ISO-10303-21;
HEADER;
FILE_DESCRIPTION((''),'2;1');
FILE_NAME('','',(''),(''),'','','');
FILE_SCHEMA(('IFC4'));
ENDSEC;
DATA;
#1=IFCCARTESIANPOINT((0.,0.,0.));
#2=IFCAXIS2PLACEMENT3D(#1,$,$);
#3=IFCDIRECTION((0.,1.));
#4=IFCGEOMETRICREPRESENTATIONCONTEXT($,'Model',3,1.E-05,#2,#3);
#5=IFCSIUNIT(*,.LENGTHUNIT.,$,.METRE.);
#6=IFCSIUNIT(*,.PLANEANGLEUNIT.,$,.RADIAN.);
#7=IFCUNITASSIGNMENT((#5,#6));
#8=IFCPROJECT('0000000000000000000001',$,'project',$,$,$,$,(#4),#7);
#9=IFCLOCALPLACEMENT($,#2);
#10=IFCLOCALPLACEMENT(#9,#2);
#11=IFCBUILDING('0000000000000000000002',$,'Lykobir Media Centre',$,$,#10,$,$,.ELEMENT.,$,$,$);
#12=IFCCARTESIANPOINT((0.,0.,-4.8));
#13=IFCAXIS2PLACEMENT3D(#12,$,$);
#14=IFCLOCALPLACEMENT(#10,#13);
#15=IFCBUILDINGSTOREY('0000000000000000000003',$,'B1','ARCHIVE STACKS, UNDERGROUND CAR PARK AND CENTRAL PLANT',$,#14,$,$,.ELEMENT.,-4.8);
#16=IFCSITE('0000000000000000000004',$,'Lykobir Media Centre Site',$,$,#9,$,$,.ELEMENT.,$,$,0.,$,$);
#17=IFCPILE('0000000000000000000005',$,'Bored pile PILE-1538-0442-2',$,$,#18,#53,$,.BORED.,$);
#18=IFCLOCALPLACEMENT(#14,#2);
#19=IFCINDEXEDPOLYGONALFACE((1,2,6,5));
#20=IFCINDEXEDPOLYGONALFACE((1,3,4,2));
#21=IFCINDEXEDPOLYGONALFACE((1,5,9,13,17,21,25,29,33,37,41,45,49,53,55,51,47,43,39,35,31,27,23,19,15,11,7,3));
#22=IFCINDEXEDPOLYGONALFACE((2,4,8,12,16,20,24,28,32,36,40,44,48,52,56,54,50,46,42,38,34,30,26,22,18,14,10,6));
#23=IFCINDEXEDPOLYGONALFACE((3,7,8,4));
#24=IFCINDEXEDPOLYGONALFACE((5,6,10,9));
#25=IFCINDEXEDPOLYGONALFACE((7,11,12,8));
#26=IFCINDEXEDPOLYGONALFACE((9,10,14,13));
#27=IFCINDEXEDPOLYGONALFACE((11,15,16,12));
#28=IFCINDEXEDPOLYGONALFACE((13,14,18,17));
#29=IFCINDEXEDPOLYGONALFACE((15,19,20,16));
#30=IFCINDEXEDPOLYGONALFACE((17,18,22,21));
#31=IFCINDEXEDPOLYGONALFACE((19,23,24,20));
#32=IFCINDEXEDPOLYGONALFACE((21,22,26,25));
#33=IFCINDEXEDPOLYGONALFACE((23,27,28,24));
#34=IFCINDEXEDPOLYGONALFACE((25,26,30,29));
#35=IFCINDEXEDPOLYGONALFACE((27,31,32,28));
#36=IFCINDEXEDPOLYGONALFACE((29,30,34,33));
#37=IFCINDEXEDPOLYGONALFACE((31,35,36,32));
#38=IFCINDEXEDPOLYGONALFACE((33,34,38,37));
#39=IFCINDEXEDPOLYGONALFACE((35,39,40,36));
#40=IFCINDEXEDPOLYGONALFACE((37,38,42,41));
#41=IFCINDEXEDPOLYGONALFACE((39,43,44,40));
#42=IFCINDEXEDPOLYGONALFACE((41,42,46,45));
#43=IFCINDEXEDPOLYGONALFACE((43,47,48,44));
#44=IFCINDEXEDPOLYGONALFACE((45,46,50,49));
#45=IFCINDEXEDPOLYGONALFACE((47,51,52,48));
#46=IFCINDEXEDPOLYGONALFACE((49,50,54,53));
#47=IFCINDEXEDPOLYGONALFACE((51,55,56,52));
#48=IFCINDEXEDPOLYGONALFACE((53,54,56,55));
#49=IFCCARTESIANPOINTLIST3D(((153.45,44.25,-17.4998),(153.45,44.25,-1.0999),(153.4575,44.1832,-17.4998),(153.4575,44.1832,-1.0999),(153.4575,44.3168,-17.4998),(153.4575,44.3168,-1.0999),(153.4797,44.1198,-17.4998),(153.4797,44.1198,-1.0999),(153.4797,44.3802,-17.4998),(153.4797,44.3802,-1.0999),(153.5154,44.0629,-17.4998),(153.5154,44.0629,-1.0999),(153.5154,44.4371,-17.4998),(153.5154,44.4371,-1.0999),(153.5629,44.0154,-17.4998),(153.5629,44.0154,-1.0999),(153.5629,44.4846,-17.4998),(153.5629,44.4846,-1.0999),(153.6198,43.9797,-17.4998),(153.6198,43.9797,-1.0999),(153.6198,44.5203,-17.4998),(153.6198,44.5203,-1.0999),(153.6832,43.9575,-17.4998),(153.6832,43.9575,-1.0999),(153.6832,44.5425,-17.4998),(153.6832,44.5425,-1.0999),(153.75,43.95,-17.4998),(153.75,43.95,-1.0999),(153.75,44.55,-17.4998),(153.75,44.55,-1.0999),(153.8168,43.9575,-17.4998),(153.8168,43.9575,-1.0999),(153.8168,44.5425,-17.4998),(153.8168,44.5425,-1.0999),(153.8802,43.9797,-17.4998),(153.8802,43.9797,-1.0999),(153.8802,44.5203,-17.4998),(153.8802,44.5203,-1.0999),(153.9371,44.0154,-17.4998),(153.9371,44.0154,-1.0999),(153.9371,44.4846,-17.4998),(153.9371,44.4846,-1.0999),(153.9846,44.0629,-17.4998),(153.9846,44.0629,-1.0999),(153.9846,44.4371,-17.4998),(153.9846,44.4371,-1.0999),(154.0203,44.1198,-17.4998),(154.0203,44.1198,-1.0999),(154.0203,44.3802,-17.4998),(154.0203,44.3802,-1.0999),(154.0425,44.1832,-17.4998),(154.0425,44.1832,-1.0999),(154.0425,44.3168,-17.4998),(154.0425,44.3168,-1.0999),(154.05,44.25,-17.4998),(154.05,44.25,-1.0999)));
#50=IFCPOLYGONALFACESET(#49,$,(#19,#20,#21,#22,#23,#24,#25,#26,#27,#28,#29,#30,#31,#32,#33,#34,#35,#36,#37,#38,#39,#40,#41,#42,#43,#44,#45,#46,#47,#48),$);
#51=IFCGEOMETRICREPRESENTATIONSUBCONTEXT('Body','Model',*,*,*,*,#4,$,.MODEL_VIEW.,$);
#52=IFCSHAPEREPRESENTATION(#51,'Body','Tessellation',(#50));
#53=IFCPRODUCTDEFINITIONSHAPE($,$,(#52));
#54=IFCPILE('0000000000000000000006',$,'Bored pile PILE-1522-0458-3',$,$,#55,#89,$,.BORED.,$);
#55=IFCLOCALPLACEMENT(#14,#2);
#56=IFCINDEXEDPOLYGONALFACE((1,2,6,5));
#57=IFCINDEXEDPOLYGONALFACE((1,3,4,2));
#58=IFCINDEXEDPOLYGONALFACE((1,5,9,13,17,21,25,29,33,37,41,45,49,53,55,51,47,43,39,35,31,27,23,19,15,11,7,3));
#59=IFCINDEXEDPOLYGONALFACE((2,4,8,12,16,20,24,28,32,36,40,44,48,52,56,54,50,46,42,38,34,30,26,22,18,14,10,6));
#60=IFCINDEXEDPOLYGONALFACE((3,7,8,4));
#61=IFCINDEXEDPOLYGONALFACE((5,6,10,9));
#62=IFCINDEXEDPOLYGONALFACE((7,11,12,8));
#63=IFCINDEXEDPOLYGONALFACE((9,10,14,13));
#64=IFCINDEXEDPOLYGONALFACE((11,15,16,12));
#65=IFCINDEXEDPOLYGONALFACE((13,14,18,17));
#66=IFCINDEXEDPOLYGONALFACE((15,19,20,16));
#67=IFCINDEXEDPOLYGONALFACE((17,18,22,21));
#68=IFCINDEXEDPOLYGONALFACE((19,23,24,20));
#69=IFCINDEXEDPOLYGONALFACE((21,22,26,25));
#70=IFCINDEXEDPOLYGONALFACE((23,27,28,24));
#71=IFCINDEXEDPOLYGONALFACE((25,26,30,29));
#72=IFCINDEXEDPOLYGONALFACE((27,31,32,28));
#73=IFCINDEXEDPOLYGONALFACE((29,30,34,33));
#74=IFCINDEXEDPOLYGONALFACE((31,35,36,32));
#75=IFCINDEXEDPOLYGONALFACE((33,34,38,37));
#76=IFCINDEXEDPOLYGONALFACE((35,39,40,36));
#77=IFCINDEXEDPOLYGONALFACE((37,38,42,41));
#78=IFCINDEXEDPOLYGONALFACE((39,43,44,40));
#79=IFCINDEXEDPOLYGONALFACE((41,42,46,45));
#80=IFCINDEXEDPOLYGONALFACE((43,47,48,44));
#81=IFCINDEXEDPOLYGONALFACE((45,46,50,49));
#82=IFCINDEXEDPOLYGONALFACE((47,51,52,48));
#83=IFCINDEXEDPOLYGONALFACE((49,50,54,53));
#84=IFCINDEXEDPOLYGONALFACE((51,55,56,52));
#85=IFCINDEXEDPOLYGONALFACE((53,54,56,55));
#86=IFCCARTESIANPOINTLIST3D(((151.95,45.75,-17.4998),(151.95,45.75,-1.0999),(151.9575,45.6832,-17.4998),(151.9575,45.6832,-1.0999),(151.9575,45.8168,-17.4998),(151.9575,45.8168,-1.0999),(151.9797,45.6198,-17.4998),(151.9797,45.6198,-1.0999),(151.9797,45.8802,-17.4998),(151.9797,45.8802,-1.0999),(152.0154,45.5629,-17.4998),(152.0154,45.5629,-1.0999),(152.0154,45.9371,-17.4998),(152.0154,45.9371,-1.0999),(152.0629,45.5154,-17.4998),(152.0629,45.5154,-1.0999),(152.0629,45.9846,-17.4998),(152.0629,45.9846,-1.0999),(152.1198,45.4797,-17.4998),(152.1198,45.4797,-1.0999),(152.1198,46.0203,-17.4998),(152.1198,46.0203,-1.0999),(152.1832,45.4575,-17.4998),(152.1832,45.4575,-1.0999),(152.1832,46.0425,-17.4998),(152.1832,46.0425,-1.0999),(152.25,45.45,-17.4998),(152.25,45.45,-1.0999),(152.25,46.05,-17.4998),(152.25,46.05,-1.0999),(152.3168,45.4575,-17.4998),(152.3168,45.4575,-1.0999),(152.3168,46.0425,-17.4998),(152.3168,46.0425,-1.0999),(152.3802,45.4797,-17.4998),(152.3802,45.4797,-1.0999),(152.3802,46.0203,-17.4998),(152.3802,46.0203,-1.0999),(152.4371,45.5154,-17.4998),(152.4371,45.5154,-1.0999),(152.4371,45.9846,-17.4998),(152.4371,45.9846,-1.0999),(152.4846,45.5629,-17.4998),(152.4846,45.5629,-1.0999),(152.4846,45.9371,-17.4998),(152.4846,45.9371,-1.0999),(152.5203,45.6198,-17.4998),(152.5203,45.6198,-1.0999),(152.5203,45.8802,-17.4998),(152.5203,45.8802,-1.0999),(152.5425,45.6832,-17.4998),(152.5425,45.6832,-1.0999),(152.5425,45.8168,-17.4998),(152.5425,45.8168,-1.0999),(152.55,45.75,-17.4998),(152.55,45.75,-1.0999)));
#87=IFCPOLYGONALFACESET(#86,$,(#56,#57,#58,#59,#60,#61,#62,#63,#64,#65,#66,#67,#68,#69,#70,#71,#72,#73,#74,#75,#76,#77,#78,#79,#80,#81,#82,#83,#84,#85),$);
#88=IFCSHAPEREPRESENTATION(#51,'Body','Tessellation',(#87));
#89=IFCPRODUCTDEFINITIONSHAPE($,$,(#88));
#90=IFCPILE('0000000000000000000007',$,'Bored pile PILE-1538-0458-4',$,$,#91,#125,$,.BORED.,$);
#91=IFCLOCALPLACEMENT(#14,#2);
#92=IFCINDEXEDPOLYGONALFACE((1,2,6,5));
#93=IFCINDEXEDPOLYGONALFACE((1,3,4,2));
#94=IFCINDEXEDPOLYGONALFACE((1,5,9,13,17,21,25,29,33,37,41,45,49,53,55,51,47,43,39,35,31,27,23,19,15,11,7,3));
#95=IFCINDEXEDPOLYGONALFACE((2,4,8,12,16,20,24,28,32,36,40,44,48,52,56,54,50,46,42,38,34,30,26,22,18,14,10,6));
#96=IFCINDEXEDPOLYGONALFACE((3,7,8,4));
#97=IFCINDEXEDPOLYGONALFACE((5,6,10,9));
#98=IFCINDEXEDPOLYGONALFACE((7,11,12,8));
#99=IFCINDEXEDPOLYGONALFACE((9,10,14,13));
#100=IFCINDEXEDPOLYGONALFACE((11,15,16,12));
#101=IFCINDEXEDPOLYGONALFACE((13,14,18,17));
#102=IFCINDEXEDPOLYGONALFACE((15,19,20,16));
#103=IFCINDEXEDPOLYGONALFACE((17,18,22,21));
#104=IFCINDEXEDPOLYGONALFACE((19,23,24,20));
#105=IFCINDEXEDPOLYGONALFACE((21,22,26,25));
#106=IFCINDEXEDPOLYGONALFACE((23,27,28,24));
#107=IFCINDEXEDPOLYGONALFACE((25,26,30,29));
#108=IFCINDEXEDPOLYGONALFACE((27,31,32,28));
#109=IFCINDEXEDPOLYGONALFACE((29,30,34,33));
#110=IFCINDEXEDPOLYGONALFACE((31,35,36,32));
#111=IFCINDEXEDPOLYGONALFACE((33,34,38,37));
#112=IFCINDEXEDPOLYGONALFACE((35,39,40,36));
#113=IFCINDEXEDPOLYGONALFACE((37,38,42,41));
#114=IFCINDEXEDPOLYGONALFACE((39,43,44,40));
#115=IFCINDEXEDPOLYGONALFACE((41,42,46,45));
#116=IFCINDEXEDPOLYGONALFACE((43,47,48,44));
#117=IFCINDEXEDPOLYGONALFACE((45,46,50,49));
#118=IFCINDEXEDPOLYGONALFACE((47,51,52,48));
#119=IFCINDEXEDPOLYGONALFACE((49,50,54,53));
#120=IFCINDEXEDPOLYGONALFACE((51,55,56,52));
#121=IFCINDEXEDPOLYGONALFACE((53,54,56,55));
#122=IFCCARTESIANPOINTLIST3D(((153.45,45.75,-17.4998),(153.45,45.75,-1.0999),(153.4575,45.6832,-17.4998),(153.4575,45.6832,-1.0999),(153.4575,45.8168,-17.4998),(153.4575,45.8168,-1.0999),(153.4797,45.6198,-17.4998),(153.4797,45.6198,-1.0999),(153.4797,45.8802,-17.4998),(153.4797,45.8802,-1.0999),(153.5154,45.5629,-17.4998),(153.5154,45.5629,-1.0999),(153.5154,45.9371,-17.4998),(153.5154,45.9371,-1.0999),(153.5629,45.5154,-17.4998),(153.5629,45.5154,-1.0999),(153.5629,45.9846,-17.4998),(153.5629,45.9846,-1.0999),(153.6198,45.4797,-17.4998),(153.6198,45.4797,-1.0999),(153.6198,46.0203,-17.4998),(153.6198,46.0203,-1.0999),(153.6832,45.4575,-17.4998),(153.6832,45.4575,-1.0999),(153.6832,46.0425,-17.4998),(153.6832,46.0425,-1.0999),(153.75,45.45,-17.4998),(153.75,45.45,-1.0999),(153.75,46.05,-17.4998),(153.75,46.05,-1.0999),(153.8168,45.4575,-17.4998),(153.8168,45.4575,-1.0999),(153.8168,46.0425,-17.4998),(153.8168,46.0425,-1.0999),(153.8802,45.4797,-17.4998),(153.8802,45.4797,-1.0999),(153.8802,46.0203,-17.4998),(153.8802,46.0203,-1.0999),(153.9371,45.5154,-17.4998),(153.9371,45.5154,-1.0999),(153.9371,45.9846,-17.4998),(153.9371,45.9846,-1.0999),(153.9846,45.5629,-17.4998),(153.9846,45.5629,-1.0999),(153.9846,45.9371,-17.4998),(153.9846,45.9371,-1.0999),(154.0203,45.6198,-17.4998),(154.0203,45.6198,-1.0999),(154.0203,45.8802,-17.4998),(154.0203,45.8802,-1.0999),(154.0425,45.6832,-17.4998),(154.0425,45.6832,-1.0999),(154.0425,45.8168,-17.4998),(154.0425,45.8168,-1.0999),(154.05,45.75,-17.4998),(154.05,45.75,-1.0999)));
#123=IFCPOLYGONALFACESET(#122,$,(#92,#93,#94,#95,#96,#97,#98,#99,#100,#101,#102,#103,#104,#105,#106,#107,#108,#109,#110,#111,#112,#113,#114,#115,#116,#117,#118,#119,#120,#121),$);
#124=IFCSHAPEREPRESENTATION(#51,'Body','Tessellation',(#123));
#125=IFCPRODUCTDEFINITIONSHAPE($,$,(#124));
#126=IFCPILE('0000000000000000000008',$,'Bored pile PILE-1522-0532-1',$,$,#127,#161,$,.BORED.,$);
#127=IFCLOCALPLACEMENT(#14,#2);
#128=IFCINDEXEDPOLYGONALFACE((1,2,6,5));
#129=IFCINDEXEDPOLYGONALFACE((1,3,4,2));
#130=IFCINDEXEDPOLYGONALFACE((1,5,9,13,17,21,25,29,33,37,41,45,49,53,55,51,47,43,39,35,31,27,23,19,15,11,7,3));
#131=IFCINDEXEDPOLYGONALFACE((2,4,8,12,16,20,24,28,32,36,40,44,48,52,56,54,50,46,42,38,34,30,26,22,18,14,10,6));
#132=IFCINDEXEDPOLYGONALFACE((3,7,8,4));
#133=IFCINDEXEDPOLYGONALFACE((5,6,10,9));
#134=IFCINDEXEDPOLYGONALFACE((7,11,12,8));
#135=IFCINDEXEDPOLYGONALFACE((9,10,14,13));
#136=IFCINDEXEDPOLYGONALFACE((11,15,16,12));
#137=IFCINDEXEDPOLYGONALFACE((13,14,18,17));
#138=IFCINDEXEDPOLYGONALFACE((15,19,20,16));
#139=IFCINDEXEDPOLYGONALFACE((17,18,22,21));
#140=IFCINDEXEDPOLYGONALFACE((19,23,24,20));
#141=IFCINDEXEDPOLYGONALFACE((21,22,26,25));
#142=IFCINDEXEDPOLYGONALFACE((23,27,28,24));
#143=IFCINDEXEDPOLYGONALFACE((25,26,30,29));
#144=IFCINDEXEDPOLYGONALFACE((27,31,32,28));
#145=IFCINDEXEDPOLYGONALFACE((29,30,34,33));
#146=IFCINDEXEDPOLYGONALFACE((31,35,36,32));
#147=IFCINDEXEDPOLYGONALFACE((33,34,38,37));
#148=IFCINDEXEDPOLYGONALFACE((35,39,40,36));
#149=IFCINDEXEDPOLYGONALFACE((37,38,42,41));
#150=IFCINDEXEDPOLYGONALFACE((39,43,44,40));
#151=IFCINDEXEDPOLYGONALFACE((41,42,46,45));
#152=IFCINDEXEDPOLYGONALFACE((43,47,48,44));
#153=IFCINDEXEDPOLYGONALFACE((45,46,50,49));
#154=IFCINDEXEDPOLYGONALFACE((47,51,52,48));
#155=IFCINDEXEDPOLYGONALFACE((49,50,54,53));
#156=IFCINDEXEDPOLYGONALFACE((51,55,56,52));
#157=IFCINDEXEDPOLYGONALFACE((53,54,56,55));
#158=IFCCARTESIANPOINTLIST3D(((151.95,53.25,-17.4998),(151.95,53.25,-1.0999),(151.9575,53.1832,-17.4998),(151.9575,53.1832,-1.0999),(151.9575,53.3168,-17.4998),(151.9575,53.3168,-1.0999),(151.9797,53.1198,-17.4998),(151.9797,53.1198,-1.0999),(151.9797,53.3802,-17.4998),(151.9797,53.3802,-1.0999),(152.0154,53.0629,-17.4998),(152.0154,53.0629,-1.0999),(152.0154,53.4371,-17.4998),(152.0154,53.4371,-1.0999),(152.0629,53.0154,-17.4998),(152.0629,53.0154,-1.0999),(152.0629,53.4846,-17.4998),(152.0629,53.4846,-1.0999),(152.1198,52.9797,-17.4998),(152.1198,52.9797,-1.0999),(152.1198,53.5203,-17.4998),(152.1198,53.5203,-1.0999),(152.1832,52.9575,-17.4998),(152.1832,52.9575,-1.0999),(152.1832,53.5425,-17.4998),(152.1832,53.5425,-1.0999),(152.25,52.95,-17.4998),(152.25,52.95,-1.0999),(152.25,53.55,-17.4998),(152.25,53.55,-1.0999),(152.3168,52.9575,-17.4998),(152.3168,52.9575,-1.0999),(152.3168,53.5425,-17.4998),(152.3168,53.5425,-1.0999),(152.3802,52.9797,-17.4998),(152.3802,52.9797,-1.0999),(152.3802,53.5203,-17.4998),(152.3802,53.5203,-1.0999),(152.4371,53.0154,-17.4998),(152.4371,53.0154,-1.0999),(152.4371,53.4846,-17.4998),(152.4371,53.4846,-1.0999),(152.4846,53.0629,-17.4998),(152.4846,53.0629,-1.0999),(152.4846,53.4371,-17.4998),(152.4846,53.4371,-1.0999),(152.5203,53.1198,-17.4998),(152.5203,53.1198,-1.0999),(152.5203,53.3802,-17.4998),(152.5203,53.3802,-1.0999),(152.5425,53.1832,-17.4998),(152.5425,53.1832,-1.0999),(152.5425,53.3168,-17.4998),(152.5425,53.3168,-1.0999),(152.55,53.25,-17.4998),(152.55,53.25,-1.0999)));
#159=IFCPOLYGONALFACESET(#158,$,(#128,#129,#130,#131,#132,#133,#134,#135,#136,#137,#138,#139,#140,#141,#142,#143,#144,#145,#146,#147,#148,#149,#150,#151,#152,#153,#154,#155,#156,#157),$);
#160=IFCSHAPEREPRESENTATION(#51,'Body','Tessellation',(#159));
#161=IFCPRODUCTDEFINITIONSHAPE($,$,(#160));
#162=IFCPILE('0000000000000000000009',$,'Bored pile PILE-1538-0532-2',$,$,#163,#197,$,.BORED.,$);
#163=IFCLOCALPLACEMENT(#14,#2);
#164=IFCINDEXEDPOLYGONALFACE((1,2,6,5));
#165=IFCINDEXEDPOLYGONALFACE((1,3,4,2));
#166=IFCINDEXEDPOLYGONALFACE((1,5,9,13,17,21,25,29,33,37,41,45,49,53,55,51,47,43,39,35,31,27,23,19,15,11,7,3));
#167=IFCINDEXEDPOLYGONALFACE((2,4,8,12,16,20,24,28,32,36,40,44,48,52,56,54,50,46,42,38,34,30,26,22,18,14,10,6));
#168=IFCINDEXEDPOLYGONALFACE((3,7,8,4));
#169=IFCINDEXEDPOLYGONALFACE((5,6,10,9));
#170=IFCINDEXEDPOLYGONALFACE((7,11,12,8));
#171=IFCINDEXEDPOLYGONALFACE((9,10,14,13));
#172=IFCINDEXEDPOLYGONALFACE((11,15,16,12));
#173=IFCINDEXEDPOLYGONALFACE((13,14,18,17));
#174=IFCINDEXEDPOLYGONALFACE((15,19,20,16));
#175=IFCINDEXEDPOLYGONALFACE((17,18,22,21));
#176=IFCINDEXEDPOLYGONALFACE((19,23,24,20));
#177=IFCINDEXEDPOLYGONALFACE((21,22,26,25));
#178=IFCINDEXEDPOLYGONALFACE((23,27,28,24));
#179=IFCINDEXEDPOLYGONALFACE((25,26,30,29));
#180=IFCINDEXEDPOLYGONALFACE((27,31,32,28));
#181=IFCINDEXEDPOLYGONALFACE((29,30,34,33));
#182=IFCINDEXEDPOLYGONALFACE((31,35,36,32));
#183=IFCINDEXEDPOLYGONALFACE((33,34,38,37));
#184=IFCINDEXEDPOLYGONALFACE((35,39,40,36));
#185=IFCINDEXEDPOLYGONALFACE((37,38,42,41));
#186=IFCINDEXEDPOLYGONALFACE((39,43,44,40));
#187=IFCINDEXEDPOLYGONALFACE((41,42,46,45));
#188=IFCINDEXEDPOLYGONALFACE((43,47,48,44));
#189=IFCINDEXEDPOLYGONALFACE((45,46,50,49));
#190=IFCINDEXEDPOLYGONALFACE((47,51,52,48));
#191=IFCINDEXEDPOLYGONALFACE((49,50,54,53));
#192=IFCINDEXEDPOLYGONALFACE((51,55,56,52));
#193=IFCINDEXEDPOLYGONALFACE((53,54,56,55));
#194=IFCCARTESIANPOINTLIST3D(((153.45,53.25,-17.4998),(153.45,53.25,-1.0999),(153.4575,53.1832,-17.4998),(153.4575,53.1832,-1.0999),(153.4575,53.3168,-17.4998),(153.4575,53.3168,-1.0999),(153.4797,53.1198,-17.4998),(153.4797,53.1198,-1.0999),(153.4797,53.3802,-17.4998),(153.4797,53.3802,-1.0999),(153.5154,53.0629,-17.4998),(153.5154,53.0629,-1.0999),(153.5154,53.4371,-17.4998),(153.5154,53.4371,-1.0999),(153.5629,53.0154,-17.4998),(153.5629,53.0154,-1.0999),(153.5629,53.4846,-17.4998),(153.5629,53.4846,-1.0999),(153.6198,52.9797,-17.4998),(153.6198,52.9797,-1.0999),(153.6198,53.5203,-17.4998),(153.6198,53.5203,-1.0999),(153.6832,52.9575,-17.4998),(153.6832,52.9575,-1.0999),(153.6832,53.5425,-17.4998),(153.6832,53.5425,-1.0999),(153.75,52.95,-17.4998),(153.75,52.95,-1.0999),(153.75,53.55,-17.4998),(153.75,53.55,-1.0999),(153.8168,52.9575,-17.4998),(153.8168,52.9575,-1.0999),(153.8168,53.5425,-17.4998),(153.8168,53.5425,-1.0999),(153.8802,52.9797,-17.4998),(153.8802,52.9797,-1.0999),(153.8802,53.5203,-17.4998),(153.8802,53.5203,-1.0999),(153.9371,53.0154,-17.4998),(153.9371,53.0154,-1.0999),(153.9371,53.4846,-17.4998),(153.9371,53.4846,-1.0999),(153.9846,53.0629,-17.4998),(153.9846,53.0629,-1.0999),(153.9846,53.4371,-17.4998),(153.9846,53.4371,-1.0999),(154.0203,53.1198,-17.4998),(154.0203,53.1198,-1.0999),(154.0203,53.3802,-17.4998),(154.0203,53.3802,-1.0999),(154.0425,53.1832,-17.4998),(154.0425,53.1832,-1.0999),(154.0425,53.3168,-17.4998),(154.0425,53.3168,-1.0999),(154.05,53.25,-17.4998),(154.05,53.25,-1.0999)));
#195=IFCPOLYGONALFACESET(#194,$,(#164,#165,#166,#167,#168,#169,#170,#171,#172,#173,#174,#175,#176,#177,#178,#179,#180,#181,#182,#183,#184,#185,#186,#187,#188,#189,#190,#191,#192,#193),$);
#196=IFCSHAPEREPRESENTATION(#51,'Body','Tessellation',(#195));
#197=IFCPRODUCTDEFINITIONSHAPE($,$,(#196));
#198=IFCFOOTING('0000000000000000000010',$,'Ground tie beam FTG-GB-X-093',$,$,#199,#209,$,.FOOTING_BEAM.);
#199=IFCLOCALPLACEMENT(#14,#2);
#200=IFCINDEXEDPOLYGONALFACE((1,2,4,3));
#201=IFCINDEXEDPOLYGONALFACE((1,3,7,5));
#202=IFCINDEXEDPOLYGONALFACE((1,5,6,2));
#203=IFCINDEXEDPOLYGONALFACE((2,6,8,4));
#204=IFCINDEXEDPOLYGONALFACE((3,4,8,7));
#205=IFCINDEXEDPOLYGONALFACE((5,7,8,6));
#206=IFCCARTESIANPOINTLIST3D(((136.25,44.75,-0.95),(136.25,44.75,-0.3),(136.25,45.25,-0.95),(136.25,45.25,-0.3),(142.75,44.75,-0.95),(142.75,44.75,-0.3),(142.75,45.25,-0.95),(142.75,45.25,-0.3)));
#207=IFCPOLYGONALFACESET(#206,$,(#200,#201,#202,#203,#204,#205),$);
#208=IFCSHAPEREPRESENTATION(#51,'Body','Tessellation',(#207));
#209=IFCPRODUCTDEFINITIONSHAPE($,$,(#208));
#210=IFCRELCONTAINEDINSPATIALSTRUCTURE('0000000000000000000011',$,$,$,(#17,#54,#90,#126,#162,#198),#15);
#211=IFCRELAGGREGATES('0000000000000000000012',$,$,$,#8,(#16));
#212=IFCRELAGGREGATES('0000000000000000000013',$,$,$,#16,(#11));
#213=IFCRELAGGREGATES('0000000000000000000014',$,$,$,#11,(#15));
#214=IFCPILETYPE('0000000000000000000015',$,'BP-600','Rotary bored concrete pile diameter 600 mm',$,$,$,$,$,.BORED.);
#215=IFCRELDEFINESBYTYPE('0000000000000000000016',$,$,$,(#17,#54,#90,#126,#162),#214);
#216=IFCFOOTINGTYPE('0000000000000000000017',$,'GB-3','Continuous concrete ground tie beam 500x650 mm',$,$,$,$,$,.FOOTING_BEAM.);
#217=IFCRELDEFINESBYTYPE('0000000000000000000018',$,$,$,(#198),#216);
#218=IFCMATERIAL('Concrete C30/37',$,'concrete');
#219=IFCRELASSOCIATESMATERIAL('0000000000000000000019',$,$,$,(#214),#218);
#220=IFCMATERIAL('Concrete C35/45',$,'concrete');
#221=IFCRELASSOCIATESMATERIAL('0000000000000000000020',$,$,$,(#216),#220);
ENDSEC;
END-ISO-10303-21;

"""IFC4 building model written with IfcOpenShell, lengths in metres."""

from ifc_helpers import new_model, si_unit, direction, frame, origin, origin_2d, place, context, subcontext, project, spatial, rectangle, circle, extrude, material, material_profile, profile_set, type_object, element, save


model = new_model("IFC4")

# Units and contexts
model_context = context("Model", 3, precision=1e-05, world=origin(), true_north=direction((0.0, 1.0)))
body_context = subcontext(model_context, "Body", "Model", "MODEL_VIEW")
ifc_project = project(units=[si_unit("LENGTHUNIT", "METRE"), si_unit("PLANEANGLEUNIT", "RADIAN")], contexts=[model_context])

# Site, building, storey
site_placement = place(None, origin())
site = spatial("IfcSite", under=ifc_project, at=site_placement, Name="Lykobir Media Centre Site", CompositionType="ELEMENT", RefElevation=0.0)
building_placement = place(site_placement, origin())
building = spatial("IfcBuilding", under=site, at=building_placement, Name="Lykobir Media Centre", CompositionType="ELEMENT")
storey_placement = place(building_placement, frame((0.0, 0.0, -4.8)))
storey = spatial("IfcBuildingStorey", under=building, at=storey_placement, Name="B1", Description="ARCHIVE STACKS, UNDERGROUND CAR PARK AND CENTRAL PLANT", CompositionType="ELEMENT", Elevation=-4.8)

# Piles
ifc_material_1 = material(Name="Concrete C30/37", Category="concrete")
ifc_material_profile_1 = material_profile(ifc_material_1, circle(Radius=0.3, at=origin_2d()), Name="BORED PILE D600")
ifc_profile_set_1 = profile_set([ifc_material_profile_1], Name="Concrete C30/37")
pile_type = type_object("IfcPileType", Name="BP-600", Description="Rotary bored concrete pile diameter 600 mm", PredefinedType="BORED", material=ifc_profile_set_1)
for number, where, z_axis, x_axis, name in (
    (1, (153.75, 44.25, -1.0999), (0.0, 0.0, -1.0), (1.0, 0.0, 0.0), "Bored pile PILE-1538-0442-2"),
    (2, (152.25, 45.75, -1.0999), (0.0, 0.0, -1.0), (1.0, 0.0, 0.0), "Bored pile PILE-1522-0458-3"),
    (3, (153.75, 45.75, -1.0999), (0.0, 0.0, -1.0), (1.0, 0.0, 0.0), "Bored pile PILE-1538-0458-4"),
    (4, (152.25, 53.25, -1.0999), (0.0, 0.0, -1.0), (1.0, 0.0, 0.0), "Bored pile PILE-1522-0532-1"),
    (5, (153.75, 53.25, -1.0999), (0.0, 0.0, -1.0), (1.0, 0.0, 0.0), "Bored pile PILE-1538-0532-2"),
):
    element("IfcPile", number, at=place(storey_placement, frame(where, z_axis=z_axis, x_axis=x_axis)), inside=storey, type_object=pile_type, Name=name, PredefinedType="BORED", context=body_context, shape_type="SweptSolid", body=[
        extrude(circle(Radius=0.3, at=origin_2d()), origin(), (0.0, 0.0, 1.0), 16.3999),
    ])

# Footing
ifc_material_2 = material(Name="Concrete C35/45", Category="concrete")
footing_type_1 = type_object("IfcFootingType", Name="GB-3", Description="Continuous concrete ground tie beam 500x650 mm", PredefinedType="FOOTING_BEAM", material=ifc_material_2)
for number, where, z_axis, x_axis, name in (
    (6, (139.5, 45.0, -0.95), (0.0, 0.0, 1.0), (1.0, 0.0, 0.0), "Ground tie beam FTG-GB-X-093"),
):
    element("IfcFooting", number, at=place(storey_placement, frame(where, z_axis=z_axis, x_axis=x_axis)), inside=storey, type_object=footing_type_1, Name=name, PredefinedType="FOOTING_BEAM", context=body_context, shape_type="SweptSolid", body=[
        extrude(rectangle(XDim=6.5, YDim=0.5, at=origin_2d()), origin(), (0.0, 0.0, 1.0), 0.6499),
    ])

save(model, "model.ifc")
